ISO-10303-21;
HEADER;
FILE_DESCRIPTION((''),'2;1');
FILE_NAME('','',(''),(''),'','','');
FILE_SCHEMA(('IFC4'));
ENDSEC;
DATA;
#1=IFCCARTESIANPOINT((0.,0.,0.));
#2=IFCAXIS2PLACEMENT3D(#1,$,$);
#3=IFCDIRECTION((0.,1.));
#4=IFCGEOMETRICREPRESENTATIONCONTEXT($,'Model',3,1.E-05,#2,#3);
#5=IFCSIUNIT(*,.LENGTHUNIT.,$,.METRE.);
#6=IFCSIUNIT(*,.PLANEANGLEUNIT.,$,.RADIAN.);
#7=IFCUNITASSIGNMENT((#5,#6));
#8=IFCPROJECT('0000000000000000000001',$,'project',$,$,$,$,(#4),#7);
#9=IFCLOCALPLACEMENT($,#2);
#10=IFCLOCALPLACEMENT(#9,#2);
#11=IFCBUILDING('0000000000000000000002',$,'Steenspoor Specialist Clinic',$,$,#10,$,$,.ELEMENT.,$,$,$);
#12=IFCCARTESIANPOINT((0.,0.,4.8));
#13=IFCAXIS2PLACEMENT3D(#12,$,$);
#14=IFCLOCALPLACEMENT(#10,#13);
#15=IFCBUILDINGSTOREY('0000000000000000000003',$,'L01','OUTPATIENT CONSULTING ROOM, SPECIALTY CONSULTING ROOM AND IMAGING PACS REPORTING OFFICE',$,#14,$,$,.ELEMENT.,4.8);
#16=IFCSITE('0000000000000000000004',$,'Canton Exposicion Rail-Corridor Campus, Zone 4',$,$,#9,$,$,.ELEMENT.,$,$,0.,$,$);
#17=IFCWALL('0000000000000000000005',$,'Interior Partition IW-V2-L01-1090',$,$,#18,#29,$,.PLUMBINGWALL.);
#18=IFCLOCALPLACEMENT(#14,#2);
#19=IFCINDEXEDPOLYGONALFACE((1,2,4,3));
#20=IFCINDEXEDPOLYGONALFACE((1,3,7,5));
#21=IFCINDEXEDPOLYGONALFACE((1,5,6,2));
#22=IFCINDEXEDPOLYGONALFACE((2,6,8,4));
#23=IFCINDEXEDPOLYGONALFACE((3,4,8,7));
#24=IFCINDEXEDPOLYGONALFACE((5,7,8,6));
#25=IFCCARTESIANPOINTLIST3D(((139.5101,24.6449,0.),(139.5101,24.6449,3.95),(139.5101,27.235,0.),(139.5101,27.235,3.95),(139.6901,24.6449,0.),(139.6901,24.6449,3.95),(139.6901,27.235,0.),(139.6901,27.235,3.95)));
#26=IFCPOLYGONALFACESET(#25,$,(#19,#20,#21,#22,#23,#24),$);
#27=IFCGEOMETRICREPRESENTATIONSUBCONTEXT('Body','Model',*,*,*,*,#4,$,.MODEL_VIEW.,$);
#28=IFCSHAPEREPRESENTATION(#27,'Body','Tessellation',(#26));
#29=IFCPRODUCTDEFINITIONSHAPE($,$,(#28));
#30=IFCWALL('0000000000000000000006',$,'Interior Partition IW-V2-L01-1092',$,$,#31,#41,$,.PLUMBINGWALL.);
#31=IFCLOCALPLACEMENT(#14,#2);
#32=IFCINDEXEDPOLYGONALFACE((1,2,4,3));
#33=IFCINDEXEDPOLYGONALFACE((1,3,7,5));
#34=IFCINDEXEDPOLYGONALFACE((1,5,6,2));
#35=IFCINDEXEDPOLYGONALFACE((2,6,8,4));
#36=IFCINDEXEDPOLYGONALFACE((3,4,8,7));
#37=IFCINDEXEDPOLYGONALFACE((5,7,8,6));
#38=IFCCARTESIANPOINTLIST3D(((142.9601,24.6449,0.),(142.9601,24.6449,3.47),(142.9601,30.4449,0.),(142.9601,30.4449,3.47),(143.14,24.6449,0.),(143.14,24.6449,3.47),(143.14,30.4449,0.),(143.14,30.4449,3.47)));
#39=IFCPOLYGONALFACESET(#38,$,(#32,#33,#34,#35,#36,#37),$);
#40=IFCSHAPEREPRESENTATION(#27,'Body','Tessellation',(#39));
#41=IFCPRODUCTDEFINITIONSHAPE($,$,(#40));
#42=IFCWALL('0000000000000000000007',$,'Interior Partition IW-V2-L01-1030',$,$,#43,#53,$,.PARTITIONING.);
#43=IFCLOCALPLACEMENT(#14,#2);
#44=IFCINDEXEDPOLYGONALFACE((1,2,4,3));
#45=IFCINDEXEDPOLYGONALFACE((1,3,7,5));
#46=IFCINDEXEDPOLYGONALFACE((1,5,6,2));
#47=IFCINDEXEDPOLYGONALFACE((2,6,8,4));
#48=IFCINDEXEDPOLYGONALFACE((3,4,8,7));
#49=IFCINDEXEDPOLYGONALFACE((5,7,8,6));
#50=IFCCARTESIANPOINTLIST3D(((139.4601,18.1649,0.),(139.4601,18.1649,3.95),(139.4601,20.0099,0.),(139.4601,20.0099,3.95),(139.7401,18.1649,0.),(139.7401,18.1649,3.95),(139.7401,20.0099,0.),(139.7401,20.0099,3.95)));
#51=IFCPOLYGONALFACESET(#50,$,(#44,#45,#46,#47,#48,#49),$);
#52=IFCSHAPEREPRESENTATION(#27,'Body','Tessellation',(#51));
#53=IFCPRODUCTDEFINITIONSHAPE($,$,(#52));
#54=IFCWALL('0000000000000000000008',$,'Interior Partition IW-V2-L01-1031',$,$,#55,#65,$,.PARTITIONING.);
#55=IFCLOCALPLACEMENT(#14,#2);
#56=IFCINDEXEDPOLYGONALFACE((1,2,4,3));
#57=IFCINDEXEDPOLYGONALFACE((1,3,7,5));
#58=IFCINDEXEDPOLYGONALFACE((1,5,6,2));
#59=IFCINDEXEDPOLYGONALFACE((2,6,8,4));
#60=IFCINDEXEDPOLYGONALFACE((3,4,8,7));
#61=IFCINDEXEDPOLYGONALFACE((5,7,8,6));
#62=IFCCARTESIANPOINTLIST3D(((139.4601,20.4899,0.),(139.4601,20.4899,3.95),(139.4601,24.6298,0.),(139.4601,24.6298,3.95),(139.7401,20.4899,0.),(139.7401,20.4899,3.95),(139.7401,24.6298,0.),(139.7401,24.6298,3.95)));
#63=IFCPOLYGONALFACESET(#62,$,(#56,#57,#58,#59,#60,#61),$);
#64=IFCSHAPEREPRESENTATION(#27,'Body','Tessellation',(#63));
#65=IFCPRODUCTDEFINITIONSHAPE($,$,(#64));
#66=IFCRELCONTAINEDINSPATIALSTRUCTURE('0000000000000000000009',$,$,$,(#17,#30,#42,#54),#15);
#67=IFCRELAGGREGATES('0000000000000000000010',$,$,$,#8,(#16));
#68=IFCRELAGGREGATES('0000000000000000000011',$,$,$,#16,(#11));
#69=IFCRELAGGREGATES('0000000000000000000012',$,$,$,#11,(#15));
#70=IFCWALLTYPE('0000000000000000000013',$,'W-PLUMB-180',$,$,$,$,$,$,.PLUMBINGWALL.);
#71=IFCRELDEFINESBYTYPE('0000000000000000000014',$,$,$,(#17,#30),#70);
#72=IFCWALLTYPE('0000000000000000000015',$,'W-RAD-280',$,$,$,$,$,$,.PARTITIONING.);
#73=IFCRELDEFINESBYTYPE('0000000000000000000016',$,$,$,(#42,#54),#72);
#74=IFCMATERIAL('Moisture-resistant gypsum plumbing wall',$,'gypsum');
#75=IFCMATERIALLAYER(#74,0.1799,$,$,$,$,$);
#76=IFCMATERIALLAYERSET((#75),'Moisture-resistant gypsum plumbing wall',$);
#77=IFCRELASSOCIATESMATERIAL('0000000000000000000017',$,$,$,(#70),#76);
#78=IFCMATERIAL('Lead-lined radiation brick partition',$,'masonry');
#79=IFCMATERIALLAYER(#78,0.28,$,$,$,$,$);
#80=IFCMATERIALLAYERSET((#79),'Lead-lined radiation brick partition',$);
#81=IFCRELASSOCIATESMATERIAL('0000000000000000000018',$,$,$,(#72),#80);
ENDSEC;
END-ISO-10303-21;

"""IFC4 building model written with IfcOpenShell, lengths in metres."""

from ifc_helpers import new_model, si_unit, direction, frame, frame_2d, origin, place, context, subcontext, project, spatial, rectangle, extrude, material, layer, layer_set, type_object, element, save


model = new_model("IFC4")

# Units and contexts
model_context = context("Model", 3, precision=1e-05, world=origin(), true_north=direction((0.0, 1.0)))
body_context = subcontext(model_context, "Body", "Model", "MODEL_VIEW")
ifc_project = project(units=[si_unit("LENGTHUNIT", "METRE"), si_unit("PLANEANGLEUNIT", "RADIAN")], contexts=[model_context])

# Site, building, storey
site_placement = place(None, origin())
site = spatial("IfcSite", under=ifc_project, at=site_placement, Name="Canton Exposicion Rail-Corridor Campus, Zone 4", CompositionType="ELEMENT", RefElevation=0.0)
building_placement = place(site_placement, origin())
building = spatial("IfcBuilding", under=site, at=building_placement, Name="Steenspoor Specialist Clinic", CompositionType="ELEMENT")
storey_placement = place(building_placement, frame((0.0, 0.0, 4.8)))
storey = spatial("IfcBuildingStorey", under=building, at=storey_placement, Name="L01", Description="OUTPATIENT CONSULTING ROOM, SPECIALTY CONSULTING ROOM AND IMAGING PACS REPORTING OFFICE", CompositionType="ELEMENT", Elevation=4.8)

# Shared definitions
ifc_material_1 = material(Name="Moisture-resistant gypsum plumbing wall", Category="gypsum")
ifc_layer_1 = layer(ifc_material_1, 0.1799)
ifc_layer_set_1 = layer_set([ifc_layer_1], Name="Moisture-resistant gypsum plumbing wall")
wall_type_1 = type_object("IfcWallType", Name="W-PLUMB-180", PredefinedType="PLUMBINGWALL", material=ifc_layer_set_1)

# Walls
wall_1_placement = place(storey_placement, frame((139.6001, 24.645, 0.0), z_axis=(0.0, 0.0, 1.0), x_axis=(0.0, 1.0, 0.0)))
element("IfcWall", 1, at=wall_1_placement, inside=storey, type_object=wall_type_1, Name="Interior Partition IW-V2-L01-1090", PredefinedType="PLUMBINGWALL", context=body_context, shape_type="SweptSolid", body=[
    extrude(rectangle(XDim=2.5901, YDim=0.1799, at=frame_2d((1.2949, 0.0))), origin(), (0.0, 0.0, 1.0), 3.95),
])
wall_2_placement = place(storey_placement, frame((143.05, 24.645, 0.0), z_axis=(0.0, 0.0, 1.0), x_axis=(0.0, 1.0, 0.0)))
element("IfcWall", 2, at=wall_2_placement, inside=storey, type_object=wall_type_1, Name="Interior Partition IW-V2-L01-1092", PredefinedType="PLUMBINGWALL", context=body_context, shape_type="SweptSolid", body=[
    extrude(rectangle(XDim=5.8, YDim=0.1799, at=frame_2d((2.8999, 0.0))), origin(), (0.0, 0.0, 1.0), 3.47),
])
ifc_material_2 = material(Name="Lead-lined radiation brick partition", Category="masonry")
ifc_layer_2 = layer(ifc_material_2, 0.28)
ifc_layer_set_2 = layer_set([ifc_layer_2], Name="Lead-lined radiation brick partition")
wall_type_2 = type_object("IfcWallType", Name="W-RAD-280", PredefinedType="PARTITIONING", material=ifc_layer_set_2)
wall_3_placement = place(storey_placement, frame((139.6001, 18.165, 0.0), z_axis=(0.0, 0.0, 1.0), x_axis=(0.0, 1.0, 0.0)))
element("IfcWall", 3, at=wall_3_placement, inside=storey, type_object=wall_type_2, Name="Interior Partition IW-V2-L01-1030", PredefinedType="PARTITIONING", context=body_context, shape_type="SweptSolid", body=[
    extrude(rectangle(XDim=1.845, YDim=0.28, at=frame_2d((0.9224, 0.0))), origin(), (0.0, 0.0, 1.0), 3.95),
])
wall_4_placement = place(storey_placement, frame((139.6001, 20.49, 0.0), z_axis=(0.0, 0.0, 1.0), x_axis=(0.0, 1.0, 0.0)))
element("IfcWall", 4, at=wall_4_placement, inside=storey, type_object=wall_type_2, Name="Interior Partition IW-V2-L01-1031", PredefinedType="PARTITIONING", context=body_context, shape_type="SweptSolid", body=[
    extrude(rectangle(XDim=4.1399, YDim=0.28, at=frame_2d((2.0698, 0.0))), origin(), (0.0, 0.0, 1.0), 3.95),
])

save(model, "model.ifc")
